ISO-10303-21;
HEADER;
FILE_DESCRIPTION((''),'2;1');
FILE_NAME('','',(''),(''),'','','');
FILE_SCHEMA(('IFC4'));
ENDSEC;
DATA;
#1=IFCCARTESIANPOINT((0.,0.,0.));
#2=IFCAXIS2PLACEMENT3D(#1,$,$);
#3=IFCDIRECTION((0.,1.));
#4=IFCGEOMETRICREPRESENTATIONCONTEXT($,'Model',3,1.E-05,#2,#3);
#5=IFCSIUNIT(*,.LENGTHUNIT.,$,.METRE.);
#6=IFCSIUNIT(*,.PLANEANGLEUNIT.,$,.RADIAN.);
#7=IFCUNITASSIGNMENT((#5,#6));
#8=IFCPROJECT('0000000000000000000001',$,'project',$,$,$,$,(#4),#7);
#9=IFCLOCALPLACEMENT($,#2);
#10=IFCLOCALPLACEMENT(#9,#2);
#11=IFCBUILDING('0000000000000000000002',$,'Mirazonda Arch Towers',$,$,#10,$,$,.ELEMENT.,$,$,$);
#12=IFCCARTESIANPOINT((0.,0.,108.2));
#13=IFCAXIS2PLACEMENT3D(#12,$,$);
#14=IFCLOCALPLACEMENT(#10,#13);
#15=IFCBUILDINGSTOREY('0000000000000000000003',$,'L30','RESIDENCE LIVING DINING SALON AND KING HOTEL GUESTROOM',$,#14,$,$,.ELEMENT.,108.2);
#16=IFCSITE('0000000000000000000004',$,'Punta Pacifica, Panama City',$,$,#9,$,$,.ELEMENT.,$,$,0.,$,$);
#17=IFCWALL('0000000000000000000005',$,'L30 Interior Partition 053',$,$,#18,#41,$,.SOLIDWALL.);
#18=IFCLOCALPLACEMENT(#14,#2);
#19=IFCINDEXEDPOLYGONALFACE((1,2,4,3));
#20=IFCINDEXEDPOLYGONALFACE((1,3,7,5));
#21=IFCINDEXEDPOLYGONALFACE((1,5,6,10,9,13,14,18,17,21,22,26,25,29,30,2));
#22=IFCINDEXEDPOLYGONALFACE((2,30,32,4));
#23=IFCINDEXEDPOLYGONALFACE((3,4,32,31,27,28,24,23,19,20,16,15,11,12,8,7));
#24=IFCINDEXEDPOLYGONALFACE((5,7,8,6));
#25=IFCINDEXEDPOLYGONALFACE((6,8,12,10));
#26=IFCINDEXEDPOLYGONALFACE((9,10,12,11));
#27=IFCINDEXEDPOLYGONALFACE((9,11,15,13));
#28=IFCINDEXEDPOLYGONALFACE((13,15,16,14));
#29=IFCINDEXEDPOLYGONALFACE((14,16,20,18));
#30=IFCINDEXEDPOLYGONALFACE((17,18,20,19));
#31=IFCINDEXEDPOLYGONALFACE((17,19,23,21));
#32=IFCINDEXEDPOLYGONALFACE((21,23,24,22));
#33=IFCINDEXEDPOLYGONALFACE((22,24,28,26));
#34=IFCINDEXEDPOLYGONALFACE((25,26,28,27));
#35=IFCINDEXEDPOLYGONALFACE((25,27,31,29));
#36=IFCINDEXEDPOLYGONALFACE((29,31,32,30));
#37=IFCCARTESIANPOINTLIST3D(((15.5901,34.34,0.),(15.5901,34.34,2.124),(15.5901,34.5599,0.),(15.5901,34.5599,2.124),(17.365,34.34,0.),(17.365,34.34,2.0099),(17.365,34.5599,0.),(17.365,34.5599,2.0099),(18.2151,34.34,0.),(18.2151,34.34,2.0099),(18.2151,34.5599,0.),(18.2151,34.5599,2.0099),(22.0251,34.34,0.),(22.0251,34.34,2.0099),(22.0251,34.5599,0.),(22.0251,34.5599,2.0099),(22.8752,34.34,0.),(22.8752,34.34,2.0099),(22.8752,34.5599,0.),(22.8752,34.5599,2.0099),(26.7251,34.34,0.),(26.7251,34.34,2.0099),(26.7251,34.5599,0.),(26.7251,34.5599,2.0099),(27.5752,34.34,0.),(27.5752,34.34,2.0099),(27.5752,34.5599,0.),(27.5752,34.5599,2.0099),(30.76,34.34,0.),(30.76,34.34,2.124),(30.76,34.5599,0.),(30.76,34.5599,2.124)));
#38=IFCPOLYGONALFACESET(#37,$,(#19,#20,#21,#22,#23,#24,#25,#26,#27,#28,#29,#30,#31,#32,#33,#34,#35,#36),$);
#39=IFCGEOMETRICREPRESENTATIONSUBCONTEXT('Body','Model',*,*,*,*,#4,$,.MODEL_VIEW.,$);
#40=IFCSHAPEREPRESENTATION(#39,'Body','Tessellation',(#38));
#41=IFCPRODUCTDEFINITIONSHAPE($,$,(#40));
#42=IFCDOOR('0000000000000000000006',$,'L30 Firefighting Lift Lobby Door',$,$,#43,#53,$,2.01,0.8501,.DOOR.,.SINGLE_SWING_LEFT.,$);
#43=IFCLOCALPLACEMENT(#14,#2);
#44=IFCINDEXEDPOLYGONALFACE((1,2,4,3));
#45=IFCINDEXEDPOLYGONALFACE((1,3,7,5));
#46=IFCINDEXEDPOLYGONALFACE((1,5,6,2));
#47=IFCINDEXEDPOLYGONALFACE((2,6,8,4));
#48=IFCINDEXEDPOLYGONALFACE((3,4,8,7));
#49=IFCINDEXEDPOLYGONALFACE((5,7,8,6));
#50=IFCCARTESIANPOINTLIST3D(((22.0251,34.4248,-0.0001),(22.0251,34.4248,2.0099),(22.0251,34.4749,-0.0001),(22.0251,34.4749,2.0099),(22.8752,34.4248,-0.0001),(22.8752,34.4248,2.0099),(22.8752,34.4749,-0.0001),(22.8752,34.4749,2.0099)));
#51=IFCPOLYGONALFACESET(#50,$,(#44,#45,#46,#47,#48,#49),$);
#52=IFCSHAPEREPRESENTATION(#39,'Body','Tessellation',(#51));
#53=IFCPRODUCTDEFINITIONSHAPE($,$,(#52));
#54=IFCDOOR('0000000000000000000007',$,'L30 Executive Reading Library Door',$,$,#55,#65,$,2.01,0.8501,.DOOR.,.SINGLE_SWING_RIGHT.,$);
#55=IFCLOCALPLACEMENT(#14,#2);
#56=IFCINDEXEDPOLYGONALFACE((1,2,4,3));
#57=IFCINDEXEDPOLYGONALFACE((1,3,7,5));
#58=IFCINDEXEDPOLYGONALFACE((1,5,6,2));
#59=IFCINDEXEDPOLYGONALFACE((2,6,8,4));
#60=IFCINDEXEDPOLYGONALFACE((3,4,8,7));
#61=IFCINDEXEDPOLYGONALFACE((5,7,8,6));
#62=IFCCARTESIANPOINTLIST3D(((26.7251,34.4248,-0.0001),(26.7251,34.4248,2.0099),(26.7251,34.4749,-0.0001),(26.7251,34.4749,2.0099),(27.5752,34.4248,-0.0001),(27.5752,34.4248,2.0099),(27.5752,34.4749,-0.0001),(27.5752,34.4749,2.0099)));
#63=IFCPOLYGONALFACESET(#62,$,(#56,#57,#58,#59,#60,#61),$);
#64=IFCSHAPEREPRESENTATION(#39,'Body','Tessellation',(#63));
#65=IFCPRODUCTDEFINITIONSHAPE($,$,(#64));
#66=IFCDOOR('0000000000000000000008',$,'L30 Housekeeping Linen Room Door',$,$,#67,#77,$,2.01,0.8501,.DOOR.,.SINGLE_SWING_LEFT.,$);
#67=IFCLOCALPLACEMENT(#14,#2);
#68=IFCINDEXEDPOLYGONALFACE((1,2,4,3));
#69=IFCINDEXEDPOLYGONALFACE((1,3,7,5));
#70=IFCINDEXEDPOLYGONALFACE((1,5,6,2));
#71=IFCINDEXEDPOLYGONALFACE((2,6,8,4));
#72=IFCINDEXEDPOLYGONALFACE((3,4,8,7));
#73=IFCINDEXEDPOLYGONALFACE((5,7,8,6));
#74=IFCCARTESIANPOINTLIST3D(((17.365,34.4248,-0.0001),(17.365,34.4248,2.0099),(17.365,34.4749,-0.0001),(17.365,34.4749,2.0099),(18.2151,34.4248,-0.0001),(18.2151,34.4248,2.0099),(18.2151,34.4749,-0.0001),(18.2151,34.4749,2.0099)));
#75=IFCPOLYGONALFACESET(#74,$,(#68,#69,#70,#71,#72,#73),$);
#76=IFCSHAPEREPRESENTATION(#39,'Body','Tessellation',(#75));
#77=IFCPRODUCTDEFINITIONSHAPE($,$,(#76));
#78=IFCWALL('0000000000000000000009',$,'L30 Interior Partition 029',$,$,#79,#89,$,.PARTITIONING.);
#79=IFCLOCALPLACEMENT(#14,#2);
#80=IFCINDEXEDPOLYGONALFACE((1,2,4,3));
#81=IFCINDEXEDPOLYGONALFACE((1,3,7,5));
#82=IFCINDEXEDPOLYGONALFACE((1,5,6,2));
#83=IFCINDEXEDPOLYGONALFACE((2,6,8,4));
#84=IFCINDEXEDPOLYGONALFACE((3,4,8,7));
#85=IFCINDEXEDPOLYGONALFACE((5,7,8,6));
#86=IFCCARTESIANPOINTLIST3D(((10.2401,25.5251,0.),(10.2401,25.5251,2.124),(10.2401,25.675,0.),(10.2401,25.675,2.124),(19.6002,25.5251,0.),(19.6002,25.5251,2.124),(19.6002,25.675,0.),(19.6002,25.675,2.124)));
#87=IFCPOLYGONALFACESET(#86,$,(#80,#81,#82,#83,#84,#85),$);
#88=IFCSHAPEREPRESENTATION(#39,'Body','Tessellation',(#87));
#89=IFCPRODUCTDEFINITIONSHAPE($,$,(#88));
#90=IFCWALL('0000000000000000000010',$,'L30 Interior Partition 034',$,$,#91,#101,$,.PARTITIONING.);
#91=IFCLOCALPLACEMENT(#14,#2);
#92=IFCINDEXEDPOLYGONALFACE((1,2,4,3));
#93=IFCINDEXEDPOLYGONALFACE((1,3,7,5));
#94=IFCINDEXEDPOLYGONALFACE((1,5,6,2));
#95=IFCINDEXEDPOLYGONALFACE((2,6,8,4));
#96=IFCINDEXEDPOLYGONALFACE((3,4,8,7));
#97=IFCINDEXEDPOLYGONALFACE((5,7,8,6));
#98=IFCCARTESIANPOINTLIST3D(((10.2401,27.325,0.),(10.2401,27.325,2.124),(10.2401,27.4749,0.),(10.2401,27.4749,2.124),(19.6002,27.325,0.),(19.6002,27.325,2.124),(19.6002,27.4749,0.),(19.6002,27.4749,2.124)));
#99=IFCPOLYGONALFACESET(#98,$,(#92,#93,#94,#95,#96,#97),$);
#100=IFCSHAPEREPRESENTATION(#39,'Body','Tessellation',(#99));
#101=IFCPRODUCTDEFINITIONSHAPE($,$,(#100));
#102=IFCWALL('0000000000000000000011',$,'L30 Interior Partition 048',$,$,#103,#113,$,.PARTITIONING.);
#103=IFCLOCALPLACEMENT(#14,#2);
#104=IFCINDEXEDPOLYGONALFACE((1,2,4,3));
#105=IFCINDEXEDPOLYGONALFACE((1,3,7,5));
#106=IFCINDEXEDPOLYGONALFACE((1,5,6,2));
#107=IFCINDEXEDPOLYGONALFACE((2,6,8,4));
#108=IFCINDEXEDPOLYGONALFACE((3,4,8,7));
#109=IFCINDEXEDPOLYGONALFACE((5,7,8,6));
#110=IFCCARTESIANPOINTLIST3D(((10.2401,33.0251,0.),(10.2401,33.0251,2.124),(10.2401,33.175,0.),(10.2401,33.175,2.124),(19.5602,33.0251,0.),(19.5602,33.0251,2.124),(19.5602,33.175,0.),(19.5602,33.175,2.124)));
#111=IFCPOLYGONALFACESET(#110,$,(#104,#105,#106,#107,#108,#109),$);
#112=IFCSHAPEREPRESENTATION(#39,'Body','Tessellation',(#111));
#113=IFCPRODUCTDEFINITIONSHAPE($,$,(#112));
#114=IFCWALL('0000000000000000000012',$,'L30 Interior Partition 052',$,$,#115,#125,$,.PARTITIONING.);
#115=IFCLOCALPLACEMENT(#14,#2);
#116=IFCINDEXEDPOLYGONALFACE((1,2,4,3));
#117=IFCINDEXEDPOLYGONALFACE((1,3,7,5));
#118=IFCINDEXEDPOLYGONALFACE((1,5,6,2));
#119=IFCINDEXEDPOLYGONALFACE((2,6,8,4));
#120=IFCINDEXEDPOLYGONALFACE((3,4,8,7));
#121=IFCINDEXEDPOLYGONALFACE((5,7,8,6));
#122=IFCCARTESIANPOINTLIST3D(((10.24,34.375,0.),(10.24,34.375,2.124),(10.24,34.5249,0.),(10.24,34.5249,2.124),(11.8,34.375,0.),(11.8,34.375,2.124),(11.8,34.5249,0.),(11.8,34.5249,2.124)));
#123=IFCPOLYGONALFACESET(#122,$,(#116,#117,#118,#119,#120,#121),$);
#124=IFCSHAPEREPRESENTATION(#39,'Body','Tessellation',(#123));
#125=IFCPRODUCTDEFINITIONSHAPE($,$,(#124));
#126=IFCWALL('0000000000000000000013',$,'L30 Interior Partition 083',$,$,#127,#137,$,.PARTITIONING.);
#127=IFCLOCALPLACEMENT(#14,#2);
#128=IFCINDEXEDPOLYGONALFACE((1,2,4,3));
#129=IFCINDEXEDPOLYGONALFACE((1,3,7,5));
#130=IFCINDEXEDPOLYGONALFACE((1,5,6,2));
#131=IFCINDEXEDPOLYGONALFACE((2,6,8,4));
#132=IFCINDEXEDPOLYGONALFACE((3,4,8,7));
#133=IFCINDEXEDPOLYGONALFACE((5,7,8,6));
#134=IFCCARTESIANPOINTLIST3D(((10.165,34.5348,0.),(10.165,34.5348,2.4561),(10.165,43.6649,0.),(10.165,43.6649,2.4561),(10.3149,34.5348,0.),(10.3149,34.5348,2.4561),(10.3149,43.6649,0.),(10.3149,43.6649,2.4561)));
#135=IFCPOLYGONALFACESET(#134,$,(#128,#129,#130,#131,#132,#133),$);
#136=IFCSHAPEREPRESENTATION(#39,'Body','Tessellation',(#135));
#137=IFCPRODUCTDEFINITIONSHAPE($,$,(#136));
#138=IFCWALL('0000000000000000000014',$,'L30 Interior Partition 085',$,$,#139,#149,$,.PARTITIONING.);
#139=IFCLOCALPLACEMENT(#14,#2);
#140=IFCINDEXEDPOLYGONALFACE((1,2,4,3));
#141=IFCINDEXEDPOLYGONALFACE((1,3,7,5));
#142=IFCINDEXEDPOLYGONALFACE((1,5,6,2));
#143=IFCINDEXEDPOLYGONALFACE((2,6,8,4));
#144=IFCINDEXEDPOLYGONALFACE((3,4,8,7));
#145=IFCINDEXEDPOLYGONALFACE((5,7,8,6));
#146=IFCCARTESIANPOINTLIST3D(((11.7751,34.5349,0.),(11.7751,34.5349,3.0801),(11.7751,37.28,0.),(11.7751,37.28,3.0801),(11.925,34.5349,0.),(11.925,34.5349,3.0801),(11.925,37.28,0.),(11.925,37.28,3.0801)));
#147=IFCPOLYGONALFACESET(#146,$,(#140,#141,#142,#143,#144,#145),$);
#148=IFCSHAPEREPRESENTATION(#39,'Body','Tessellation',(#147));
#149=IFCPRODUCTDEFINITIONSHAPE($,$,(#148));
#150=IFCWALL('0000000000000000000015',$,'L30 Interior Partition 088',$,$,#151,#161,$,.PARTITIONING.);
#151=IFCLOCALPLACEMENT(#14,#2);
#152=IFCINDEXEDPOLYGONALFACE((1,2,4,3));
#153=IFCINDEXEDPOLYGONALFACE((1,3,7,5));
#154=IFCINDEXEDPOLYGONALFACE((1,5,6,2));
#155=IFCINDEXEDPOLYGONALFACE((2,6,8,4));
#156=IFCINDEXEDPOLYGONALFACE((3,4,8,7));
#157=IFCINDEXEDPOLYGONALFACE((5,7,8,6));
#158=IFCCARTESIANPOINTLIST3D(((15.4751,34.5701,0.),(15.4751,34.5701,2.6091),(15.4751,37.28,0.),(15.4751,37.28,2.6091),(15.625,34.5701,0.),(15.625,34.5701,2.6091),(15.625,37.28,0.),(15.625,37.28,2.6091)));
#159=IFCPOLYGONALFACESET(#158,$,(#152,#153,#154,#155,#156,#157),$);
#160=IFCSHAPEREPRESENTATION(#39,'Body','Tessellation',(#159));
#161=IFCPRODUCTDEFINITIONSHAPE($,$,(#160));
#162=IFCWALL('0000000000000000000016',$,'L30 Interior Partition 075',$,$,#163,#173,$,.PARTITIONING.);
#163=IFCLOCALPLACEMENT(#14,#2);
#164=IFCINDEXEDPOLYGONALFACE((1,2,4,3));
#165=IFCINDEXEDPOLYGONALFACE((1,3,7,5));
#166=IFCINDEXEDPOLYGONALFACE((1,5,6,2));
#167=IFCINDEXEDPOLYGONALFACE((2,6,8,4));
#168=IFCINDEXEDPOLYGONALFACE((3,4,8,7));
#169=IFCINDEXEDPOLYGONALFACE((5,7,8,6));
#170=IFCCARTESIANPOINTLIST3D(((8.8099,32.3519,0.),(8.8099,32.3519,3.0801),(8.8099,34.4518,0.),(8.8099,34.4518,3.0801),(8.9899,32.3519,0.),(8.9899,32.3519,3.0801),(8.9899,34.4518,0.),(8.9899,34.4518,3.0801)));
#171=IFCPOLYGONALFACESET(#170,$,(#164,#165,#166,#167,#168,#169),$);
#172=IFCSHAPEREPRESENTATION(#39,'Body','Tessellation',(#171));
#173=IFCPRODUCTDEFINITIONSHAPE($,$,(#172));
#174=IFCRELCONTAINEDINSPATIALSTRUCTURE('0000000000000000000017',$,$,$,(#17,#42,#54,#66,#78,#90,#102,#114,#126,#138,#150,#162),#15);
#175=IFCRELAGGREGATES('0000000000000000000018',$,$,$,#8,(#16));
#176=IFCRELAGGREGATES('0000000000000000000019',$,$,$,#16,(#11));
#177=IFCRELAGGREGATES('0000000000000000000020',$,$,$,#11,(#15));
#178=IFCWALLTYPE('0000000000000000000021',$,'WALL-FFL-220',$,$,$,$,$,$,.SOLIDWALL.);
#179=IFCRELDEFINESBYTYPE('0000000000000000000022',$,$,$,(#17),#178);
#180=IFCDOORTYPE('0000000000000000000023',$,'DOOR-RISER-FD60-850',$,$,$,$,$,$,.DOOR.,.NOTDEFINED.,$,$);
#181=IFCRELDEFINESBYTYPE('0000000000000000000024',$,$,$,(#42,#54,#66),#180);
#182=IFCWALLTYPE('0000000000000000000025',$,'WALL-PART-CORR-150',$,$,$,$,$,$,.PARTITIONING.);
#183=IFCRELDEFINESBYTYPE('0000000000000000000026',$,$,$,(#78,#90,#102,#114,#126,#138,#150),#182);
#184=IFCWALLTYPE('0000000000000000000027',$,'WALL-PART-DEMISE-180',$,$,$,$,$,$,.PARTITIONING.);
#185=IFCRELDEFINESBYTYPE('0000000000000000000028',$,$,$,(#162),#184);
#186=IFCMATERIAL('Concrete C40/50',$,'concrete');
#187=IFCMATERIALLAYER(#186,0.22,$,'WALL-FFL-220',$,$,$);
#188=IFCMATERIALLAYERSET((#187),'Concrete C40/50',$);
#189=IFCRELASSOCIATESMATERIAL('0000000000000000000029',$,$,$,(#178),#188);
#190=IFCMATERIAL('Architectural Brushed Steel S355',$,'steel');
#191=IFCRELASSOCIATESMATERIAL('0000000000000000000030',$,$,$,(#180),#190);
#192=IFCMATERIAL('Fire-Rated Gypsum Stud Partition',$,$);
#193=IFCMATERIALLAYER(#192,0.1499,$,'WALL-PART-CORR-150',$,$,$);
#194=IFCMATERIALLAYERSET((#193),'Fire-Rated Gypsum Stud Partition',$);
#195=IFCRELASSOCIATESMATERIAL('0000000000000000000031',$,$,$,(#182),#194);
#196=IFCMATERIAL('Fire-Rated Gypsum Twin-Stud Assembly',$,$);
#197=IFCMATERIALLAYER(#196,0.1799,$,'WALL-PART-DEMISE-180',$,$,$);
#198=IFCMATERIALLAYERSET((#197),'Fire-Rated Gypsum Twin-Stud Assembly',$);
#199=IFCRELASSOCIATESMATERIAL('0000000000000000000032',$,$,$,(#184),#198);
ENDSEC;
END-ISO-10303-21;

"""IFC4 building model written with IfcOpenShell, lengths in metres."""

from ifc_helpers import new_model, si_unit, direction, frame, frame_2d, origin, place, context, subcontext, project, spatial, rectangle, extrude, material, layer, layer_set, type_object, element, fill, save


model = new_model("IFC4")

# Units and contexts
model_context = context("Model", 3, precision=1e-05, world=origin(), true_north=direction((0.0, 1.0)))
body_context = subcontext(model_context, "Body", "Model", "MODEL_VIEW")
ifc_project = project(units=[si_unit("LENGTHUNIT", "METRE"), si_unit("PLANEANGLEUNIT", "RADIAN")], contexts=[model_context])

# Site, building, storey
site_placement = place(None, origin())
site = spatial("IfcSite", under=ifc_project, at=site_placement, Name="Punta Pacifica, Panama City", CompositionType="ELEMENT", RefElevation=0.0)
building_placement = place(site_placement, origin())
building = spatial("IfcBuilding", under=site, at=building_placement, Name="Mirazonda Arch Towers", CompositionType="ELEMENT")
storey_placement = place(building_placement, frame((0.0, 0.0, 108.2)))
storey = spatial("IfcBuildingStorey", under=building, at=storey_placement, Name="L30", Description="RESIDENCE LIVING DINING SALON AND KING HOTEL GUESTROOM", CompositionType="ELEMENT", Elevation=108.2)

# Wall, openings, doors
ifc_material_1 = material(Name="Architectural Brushed Steel S355", Category="steel")
ifc_material_2 = material(Name="Concrete C40/50", Category="concrete")
ifc_layer_1 = layer(ifc_material_2, 0.22, Name="WALL-FFL-220")
ifc_layer_set_1 = layer_set([ifc_layer_1], Name="Concrete C40/50")
wall_type_1 = type_object("IfcWallType", Name="WALL-FFL-220", PredefinedType="SOLIDWALL", material=ifc_layer_set_1)
wall_1_placement = place(storey_placement, frame((15.5901, 34.45, 0.0), z_axis=(0.0, 0.0, 1.0), x_axis=(1.0, 0.0, 0.0)))
wall_1 = element("IfcWall", 1, at=wall_1_placement, inside=storey, type_object=wall_type_1, Name="L30 Interior Partition 053", PredefinedType="SOLIDWALL", context=body_context, shape_type="SweptSolid", body=[
    extrude(rectangle(XDim=15.1699, YDim=0.22, at=frame_2d((7.585, 0.0))), origin(), (0.0, 0.0, 1.0), 2.124),
])
opening_1_placement = place(wall_1_placement, frame((6.4351, 0.0, 0.0)))
opening_1 = element("IfcOpeningElement", 2, at=opening_1_placement, cuts=wall_1, PredefinedType="OPENING", context=body_context, shape_type="SweptSolid", body=[
    extrude(rectangle(XDim=0.8501, YDim=2.01, at=frame_2d((0.425, 1.0049))), frame((0.0, 0.1199, 0.0), z_axis=(0.0, -1.0, 0.0), x_axis=(1.0, 0.0, 0.0)), (0.0, 0.0, 1.0), 0.24),
])
opening_2_placement = place(wall_1_placement, frame((11.135, 0.0, 0.0)))
opening_2 = element("IfcOpeningElement", 3, at=opening_2_placement, cuts=wall_1, PredefinedType="OPENING", context=body_context, shape_type="SweptSolid", body=[
    extrude(rectangle(XDim=0.8501, YDim=2.01, at=frame_2d((0.425, 1.0049))), frame((0.0, 0.1199, 0.0), z_axis=(0.0, -1.0, 0.0), x_axis=(1.0, 0.0, 0.0)), (0.0, 0.0, 1.0), 0.24),
])
opening_3_placement = place(wall_1_placement, frame((1.7749, 0.0, 0.0)))
opening_3 = element("IfcOpeningElement", 4, at=opening_3_placement, cuts=wall_1, PredefinedType="OPENING", context=body_context, shape_type="SweptSolid", body=[
    extrude(rectangle(XDim=0.8501, YDim=2.01, at=frame_2d((0.425, 1.0049))), frame((0.0, 0.1199, 0.0), z_axis=(0.0, -1.0, 0.0), x_axis=(1.0, 0.0, 0.0)), (0.0, 0.0, 1.0), 0.24),
])
door_type_1 = type_object("IfcDoorType", Name="DOOR-RISER-FD60-850", OperationType="NOTDEFINED", PredefinedType="DOOR", material=ifc_material_1)
door_1_placement = place(opening_1_placement, origin())
door_1 = element("IfcDoor", 5, at=door_1_placement, inside=storey, type_object=door_type_1, Name="L30 Firefighting Lift Lobby Door", OperationType="SINGLE_SWING_LEFT", OverallHeight=2.01, OverallWidth=0.8501, PredefinedType="DOOR", context=body_context, shape_type="SweptSolid", body=[
    extrude(rectangle(XDim=0.8501, YDim=2.01, at=frame_2d((0.425, 1.0049))), frame((0.0, 0.0249, 0.0), z_axis=(0.0, -1.0, 0.0), x_axis=(1.0, 0.0, 0.0)), (0.0, 0.0, 1.0), 0.05),
])
fill(opening_1, door_1)
door_2_placement = place(opening_2_placement, origin())
door_2 = element("IfcDoor", 6, at=door_2_placement, inside=storey, type_object=door_type_1, Name="L30 Executive Reading Library Door", OperationType="SINGLE_SWING_RIGHT", OverallHeight=2.01, OverallWidth=0.8501, PredefinedType="DOOR", context=body_context, shape_type="SweptSolid", body=[
    extrude(rectangle(XDim=0.8501, YDim=2.01, at=frame_2d((0.425, 1.0049))), frame((0.0, 0.0249, 0.0), z_axis=(0.0, -1.0, 0.0), x_axis=(1.0, 0.0, 0.0)), (0.0, 0.0, 1.0), 0.05),
])
fill(opening_2, door_2)
door_3_placement = place(opening_3_placement, origin())
door_3 = element("IfcDoor", 7, at=door_3_placement, inside=storey, type_object=door_type_1, Name="L30 Housekeeping Linen Room Door", OperationType="SINGLE_SWING_LEFT", OverallHeight=2.01, OverallWidth=0.8501, PredefinedType="DOOR", context=body_context, shape_type="SweptSolid", body=[
    extrude(rectangle(XDim=0.8501, YDim=2.01, at=frame_2d((0.425, 1.0049))), frame((0.0, 0.0249, 0.0), z_axis=(0.0, -1.0, 0.0), x_axis=(1.0, 0.0, 0.0)), (0.0, 0.0, 1.0), 0.05),
])
fill(opening_3, door_3)

# Walls
ifc_material_3 = material(Name="Fire-Rated Gypsum Stud Partition")
ifc_layer_2 = layer(ifc_material_3, 0.1499, Name="WALL-PART-CORR-150")
ifc_layer_set_2 = layer_set([ifc_layer_2], Name="Fire-Rated Gypsum Stud Partition")
wall_type_2 = type_object("IfcWallType", Name="WALL-PART-CORR-150", PredefinedType="PARTITIONING", material=ifc_layer_set_2)
for number, where, z_axis, x_axis, name in (
    (8, (10.24, 25.6001, 0.0), (0.0, 0.0, 1.0), (1.0, 0.0, 0.0), "L30 Interior Partition 029"),
    (9, (10.24, 27.3999, 0.0), (0.0, 0.0, 1.0), (1.0, 0.0, 0.0), "L30 Interior Partition 034"),
):
    element("IfcWall", number, at=place(storey_placement, frame(where, z_axis=z_axis, x_axis=x_axis)), inside=storey, type_object=wall_type_2, Name=name, PredefinedType="PARTITIONING", context=body_context, shape_type="SweptSolid", body=[
        extrude(rectangle(XDim=9.3601, YDim=0.1499, at=frame_2d((4.6802, 0.0))), origin(), (0.0, 0.0, 1.0), 2.124),
    ])
wall_2_placement = place(storey_placement, frame((10.24, 33.1001, 0.0), z_axis=(0.0, 0.0, 1.0), x_axis=(1.0, 0.0, 0.0)))
element("IfcWall", 10, at=wall_2_placement, inside=storey, type_object=wall_type_2, Name="L30 Interior Partition 048", PredefinedType="PARTITIONING", context=body_context, shape_type="SweptSolid", body=[
    extrude(rectangle(XDim=9.3201, YDim=0.1499, at=frame_2d((4.6602, 0.0))), origin(), (0.0, 0.0, 1.0), 2.124),
])
wall_3_placement = place(storey_placement, frame((10.24, 34.45, 0.0), z_axis=(0.0, 0.0, 1.0), x_axis=(1.0, 0.0, 0.0)))
element("IfcWall", 11, at=wall_3_placement, inside=storey, type_object=wall_type_2, Name="L30 Interior Partition 052", PredefinedType="PARTITIONING", context=body_context, shape_type="SweptSolid", body=[
    extrude(rectangle(XDim=1.5601, YDim=0.1499, at=frame_2d((0.78, 0.0))), origin(), (0.0, 0.0, 1.0), 2.124),
])

# Walls
wall_4_placement = place(storey_placement, frame((10.24, 34.5349, 0.0), z_axis=(0.0, 0.0, 1.0), x_axis=(0.0, 1.0, 0.0)))
element("IfcWall", 12, at=wall_4_placement, inside=storey, type_object=wall_type_2, Name="L30 Interior Partition 083", PredefinedType="PARTITIONING", context=body_context, shape_type="SweptSolid", body=[
    extrude(rectangle(XDim=9.1301, YDim=0.1499, at=frame_2d((4.5649, 0.0))), origin(), (0.0, 0.0, 1.0), 2.4561),
])
wall_5_placement = place(storey_placement, frame((11.8501, 34.5349, 0.0), z_axis=(0.0, 0.0, 1.0), x_axis=(0.0, 1.0, 0.0)))
element("IfcWall", 13, at=wall_5_placement, inside=storey, type_object=wall_type_2, Name="L30 Interior Partition 085", PredefinedType="PARTITIONING", context=body_context, shape_type="SweptSolid", body=[
    extrude(rectangle(XDim=2.7451, YDim=0.1499, at=frame_2d((1.3726, 0.0))), origin(), (0.0, 0.0, 1.0), 3.0801),
])
wall_6_placement = place(storey_placement, frame((15.55, 34.5701, 0.0), z_axis=(0.0, 0.0, 1.0), x_axis=(0.0, 1.0, 0.0)))
element("IfcWall", 14, at=wall_6_placement, inside=storey, type_object=wall_type_2, Name="L30 Interior Partition 088", PredefinedType="PARTITIONING", context=body_context, shape_type="SweptSolid", body=[
    extrude(rectangle(XDim=2.71, YDim=0.1499, at=frame_2d((1.355, 0.0))), origin(), (0.0, 0.0, 1.0), 2.6091),
])
ifc_material_4 = material(Name="Fire-Rated Gypsum Twin-Stud Assembly")
ifc_layer_3 = layer(ifc_material_4, 0.1799, Name="WALL-PART-DEMISE-180")
ifc_layer_set_3 = layer_set([ifc_layer_3], Name="Fire-Rated Gypsum Twin-Stud Assembly")
wall_type_3 = type_object("IfcWallType", Name="WALL-PART-DEMISE-180", PredefinedType="PARTITIONING", material=ifc_layer_set_3)
wall_7_placement = place(storey_placement, frame((8.8999, 32.3521, 0.0), z_axis=(0.0, 0.0, 1.0), x_axis=(0.0, 1.0, 0.0)))
element("IfcWall", 15, at=wall_7_placement, inside=storey, type_object=wall_type_3, Name="L30 Interior Partition 075", PredefinedType="PARTITIONING", context=body_context, shape_type="SweptSolid", body=[
    extrude(rectangle(XDim=2.0999, YDim=0.1799, at=frame_2d((1.0498, 0.0))), origin(), (0.0, 0.0, 1.0), 3.0801),
])

save(model, "model.ifc")
